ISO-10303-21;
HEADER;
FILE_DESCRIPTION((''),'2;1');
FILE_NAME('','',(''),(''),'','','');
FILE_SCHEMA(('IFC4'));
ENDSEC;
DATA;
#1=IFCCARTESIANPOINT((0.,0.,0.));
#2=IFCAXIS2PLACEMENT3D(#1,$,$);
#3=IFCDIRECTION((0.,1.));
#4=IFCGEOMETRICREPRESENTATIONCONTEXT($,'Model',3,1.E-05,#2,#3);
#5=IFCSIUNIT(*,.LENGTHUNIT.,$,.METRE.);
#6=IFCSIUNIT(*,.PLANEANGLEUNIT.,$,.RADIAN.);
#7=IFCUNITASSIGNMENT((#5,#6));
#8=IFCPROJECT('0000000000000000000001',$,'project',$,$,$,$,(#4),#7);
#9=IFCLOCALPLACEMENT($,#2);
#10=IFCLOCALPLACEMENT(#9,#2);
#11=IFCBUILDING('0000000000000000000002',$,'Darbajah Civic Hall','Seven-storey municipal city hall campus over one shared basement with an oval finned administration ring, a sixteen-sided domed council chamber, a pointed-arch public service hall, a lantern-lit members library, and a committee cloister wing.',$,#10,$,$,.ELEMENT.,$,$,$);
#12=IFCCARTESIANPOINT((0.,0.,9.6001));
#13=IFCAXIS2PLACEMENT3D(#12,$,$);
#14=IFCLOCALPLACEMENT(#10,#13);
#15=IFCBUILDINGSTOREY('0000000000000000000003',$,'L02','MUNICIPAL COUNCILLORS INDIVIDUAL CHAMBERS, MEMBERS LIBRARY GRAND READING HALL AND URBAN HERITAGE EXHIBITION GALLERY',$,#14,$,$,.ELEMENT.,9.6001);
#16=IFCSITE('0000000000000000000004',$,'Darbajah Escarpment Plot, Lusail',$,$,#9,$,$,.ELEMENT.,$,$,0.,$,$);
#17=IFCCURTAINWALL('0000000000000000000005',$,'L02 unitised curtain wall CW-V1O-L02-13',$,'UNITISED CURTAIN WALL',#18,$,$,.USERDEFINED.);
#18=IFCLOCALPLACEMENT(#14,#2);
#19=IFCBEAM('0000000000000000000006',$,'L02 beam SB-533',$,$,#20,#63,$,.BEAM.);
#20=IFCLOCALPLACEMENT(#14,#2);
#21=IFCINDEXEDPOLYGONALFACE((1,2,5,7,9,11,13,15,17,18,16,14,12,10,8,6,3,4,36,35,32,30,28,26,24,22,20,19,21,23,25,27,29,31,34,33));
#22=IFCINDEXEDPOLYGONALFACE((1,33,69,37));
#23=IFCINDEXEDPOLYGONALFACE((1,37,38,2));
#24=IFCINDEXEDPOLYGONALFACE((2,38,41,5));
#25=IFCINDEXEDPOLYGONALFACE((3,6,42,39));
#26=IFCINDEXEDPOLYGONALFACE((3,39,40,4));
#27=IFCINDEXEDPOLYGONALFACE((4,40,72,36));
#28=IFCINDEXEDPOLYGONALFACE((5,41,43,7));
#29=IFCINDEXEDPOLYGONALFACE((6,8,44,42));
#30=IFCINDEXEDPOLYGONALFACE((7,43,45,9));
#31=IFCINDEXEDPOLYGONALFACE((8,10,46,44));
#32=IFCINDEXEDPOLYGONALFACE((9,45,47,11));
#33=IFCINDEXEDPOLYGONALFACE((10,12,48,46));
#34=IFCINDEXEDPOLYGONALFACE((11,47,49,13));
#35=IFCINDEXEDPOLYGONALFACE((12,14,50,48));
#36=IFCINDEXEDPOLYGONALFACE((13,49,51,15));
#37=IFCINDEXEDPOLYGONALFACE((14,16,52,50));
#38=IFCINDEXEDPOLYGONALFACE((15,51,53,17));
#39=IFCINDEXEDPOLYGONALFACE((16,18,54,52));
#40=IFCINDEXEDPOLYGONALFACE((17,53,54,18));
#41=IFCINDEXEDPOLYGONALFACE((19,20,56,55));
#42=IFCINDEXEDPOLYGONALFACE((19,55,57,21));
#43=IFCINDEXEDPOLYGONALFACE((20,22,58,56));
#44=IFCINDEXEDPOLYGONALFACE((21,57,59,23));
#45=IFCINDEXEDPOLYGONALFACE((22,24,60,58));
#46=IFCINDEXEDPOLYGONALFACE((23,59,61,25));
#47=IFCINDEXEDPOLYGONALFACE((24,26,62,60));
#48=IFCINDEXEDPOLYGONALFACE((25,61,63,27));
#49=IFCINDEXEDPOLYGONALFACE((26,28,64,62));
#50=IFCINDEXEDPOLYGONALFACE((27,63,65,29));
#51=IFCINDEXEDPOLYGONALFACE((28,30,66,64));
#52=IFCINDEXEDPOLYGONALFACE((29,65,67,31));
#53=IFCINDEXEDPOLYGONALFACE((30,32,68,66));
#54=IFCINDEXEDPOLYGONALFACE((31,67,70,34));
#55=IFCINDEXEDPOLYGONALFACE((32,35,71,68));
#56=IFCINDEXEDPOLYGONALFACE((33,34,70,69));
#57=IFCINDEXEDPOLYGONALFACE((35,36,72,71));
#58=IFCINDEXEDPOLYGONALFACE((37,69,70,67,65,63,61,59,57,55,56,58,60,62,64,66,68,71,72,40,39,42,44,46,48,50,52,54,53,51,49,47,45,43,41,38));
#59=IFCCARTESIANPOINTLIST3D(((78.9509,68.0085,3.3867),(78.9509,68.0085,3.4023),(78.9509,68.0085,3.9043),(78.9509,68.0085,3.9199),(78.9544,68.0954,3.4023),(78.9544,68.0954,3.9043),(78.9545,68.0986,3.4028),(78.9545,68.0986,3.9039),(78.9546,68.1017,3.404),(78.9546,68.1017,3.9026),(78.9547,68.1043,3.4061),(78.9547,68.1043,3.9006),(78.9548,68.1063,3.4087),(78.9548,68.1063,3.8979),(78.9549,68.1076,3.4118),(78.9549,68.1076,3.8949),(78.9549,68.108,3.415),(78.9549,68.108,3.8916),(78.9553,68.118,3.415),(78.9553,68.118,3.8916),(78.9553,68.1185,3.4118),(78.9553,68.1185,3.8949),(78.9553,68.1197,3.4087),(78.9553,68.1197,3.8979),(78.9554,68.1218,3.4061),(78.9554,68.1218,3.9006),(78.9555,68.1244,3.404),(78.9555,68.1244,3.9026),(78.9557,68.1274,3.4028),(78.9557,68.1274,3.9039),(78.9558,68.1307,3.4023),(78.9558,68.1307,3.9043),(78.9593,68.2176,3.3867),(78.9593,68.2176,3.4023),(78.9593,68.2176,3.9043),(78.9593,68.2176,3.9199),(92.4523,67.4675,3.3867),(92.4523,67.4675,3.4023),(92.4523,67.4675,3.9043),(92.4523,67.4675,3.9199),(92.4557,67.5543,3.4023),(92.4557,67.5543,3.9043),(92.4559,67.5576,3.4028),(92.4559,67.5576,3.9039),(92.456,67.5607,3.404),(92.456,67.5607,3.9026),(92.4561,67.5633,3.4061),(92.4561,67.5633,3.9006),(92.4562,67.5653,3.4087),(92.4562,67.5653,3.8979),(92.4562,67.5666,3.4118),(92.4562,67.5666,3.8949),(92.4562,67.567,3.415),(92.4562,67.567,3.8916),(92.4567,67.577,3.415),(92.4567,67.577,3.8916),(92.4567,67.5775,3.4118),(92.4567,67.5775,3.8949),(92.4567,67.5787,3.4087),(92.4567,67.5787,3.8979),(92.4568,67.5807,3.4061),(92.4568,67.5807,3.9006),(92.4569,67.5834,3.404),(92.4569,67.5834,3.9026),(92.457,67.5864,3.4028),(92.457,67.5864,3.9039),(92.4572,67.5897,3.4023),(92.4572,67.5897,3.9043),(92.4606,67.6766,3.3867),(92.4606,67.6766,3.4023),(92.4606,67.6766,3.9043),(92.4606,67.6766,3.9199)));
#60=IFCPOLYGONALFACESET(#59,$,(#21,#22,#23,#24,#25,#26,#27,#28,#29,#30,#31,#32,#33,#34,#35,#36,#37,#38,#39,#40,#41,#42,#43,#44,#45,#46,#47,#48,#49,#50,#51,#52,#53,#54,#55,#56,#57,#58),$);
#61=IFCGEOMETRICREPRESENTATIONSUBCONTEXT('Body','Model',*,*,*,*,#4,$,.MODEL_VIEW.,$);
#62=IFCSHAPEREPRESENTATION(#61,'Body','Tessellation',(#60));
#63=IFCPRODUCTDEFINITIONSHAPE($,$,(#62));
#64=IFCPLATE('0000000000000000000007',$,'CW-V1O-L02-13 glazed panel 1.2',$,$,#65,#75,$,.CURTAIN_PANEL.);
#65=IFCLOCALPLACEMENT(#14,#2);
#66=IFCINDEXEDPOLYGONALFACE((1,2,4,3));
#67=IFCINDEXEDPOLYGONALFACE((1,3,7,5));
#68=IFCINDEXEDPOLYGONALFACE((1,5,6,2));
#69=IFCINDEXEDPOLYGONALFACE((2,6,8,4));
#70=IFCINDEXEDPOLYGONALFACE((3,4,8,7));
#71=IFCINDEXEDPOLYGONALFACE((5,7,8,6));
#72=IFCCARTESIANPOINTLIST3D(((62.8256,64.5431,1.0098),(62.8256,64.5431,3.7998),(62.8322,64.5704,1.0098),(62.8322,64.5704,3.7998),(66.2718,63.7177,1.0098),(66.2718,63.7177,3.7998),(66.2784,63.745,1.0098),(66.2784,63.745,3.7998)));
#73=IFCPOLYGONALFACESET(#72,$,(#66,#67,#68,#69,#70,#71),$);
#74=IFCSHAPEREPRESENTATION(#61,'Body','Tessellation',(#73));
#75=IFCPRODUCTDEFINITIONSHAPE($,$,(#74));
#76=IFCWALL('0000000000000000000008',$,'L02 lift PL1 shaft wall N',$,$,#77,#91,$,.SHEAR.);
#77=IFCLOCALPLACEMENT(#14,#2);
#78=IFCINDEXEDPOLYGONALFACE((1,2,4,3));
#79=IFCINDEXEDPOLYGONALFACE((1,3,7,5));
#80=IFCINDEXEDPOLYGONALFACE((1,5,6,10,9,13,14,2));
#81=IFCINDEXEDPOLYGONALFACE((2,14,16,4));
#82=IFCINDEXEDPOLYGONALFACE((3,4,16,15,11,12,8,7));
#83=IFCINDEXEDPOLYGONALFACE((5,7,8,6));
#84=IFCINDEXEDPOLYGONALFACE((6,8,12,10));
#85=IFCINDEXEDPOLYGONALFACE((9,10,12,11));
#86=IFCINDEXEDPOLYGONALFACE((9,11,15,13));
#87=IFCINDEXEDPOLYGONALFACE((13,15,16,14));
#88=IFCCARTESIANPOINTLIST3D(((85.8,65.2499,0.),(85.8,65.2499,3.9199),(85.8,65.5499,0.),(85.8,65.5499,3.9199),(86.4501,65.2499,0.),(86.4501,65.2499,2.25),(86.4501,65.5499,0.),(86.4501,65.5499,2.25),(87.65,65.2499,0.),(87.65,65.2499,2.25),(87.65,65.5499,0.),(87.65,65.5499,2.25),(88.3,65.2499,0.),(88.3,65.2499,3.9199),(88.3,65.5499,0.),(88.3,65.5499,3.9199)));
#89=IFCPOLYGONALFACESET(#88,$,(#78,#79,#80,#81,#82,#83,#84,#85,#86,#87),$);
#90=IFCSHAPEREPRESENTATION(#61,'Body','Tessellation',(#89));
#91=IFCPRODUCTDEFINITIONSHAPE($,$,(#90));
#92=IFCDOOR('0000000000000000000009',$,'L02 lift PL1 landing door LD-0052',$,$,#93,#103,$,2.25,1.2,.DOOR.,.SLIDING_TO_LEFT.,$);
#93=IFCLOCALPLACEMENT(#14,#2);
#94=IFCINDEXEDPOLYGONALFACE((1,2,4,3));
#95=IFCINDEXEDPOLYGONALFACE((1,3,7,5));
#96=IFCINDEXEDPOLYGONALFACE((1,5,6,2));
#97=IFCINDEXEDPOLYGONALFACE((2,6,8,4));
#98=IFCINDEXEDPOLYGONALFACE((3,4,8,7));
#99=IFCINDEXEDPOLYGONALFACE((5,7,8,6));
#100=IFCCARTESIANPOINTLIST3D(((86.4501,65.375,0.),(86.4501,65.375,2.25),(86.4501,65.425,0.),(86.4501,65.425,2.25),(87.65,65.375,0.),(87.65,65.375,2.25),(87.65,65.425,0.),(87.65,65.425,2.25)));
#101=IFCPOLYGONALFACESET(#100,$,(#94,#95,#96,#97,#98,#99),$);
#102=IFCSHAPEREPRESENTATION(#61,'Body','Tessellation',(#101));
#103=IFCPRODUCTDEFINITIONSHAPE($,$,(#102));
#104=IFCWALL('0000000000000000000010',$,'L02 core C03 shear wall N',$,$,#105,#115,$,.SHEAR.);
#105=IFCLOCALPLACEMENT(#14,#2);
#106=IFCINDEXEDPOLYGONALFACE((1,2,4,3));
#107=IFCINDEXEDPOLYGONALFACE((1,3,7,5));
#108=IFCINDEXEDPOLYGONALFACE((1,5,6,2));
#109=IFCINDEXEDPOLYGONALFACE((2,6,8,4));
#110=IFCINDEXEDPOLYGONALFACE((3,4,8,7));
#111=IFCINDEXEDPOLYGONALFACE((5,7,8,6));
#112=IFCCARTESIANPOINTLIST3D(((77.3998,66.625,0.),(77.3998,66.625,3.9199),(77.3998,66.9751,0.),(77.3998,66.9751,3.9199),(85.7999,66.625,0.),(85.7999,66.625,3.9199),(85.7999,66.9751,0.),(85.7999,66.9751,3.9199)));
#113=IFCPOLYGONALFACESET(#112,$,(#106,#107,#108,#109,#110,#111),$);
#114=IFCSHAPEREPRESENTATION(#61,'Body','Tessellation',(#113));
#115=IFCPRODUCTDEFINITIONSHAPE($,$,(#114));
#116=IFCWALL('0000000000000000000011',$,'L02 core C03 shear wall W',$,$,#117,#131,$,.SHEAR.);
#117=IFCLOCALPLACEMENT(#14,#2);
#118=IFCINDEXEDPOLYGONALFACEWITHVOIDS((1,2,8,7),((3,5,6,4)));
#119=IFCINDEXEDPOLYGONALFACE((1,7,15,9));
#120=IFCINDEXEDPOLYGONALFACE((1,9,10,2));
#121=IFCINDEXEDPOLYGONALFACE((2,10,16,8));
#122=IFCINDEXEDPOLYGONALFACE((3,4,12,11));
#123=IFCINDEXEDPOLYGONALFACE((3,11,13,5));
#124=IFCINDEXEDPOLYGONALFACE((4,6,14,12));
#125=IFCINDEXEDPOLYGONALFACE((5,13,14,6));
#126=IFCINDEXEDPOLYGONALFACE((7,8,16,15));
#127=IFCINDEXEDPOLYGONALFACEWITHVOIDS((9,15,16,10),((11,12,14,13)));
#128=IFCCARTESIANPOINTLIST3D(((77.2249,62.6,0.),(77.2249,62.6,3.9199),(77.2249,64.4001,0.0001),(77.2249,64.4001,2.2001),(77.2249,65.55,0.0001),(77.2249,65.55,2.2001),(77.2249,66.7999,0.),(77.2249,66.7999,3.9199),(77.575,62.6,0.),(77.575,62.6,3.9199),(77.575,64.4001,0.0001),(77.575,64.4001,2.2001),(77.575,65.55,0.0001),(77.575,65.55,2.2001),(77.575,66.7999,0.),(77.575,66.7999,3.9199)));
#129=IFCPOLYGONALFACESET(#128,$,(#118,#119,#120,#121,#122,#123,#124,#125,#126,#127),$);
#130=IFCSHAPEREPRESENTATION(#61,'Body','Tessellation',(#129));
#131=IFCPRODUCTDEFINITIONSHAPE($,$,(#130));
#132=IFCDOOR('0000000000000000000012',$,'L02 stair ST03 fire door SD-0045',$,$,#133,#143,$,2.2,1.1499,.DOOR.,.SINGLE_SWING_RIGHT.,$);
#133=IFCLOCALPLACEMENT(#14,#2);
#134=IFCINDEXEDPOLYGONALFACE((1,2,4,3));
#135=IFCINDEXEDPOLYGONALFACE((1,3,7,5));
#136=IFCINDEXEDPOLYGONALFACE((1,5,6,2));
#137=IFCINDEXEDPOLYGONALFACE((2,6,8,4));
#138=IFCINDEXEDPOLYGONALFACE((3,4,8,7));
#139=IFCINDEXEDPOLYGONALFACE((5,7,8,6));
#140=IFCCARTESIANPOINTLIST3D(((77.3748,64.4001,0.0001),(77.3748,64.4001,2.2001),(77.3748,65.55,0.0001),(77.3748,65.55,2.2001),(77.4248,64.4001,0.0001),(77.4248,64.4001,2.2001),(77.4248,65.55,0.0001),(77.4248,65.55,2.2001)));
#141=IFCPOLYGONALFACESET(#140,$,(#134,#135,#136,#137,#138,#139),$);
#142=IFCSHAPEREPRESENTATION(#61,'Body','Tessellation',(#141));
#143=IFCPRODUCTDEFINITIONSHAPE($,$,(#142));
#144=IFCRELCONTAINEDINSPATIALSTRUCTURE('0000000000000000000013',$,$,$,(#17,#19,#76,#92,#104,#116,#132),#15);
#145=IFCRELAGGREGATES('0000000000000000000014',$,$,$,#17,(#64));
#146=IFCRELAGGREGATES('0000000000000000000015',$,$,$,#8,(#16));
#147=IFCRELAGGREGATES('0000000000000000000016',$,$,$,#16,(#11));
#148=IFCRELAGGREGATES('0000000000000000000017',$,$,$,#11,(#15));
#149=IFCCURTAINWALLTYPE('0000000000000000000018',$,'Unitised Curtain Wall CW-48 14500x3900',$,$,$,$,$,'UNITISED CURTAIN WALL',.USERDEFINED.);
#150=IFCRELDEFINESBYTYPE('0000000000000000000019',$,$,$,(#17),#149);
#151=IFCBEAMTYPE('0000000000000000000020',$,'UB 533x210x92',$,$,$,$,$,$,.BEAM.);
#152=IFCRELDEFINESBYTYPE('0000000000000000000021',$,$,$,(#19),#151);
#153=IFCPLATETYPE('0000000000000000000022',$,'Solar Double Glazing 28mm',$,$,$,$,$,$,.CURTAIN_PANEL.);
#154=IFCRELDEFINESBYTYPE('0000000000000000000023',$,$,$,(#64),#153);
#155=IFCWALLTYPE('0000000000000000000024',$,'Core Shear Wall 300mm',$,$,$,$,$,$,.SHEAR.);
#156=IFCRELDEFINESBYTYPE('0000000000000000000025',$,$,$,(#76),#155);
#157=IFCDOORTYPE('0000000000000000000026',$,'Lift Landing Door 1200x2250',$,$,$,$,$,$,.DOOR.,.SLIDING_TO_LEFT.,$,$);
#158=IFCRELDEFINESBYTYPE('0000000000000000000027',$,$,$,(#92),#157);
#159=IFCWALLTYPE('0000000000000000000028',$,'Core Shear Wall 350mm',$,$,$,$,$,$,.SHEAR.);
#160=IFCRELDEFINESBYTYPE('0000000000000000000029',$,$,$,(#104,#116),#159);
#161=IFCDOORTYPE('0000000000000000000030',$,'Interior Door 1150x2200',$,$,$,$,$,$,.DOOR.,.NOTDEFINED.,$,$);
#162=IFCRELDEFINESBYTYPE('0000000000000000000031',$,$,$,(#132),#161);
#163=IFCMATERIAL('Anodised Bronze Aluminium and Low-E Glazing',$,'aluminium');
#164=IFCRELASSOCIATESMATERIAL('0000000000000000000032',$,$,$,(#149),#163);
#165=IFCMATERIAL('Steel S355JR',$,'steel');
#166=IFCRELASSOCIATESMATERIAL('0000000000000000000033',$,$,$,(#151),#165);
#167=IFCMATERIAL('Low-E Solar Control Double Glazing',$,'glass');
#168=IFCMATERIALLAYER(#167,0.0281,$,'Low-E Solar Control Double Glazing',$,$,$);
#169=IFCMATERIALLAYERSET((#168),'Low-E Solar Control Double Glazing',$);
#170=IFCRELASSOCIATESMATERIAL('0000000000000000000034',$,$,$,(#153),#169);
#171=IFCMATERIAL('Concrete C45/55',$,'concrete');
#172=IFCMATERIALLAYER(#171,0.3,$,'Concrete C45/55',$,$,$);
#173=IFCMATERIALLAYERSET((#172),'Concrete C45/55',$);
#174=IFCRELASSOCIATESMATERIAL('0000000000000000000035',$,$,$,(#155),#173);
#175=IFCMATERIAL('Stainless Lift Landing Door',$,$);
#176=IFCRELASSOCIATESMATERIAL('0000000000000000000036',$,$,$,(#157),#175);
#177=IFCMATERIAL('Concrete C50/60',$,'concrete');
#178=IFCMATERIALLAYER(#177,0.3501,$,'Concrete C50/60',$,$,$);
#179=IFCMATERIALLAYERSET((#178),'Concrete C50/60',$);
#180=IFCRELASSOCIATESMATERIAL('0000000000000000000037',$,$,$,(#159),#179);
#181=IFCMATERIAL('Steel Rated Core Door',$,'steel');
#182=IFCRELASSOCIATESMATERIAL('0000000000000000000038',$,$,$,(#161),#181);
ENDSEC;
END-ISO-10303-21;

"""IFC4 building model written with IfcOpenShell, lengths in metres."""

from ifc_helpers import new_model, si_unit, direction, frame, frame_2d, origin, origin_2d, place, context, subcontext, project, spatial, rectangle, i_section, extrude, material, layer, layer_set, material_profile, profile_set, type_object, element, fill, aggregate, save


model = new_model("IFC4")

# Units and contexts
model_context = context("Model", 3, precision=1e-05, world=origin(), true_north=direction((0.0, 1.0)))
body_context = subcontext(model_context, "Body", "Model", "MODEL_VIEW")
ifc_project = project(units=[si_unit("LENGTHUNIT", "METRE"), si_unit("PLANEANGLEUNIT", "RADIAN")], contexts=[model_context])

# Site, building, storey
site_placement = place(None, origin())
site = spatial("IfcSite", under=ifc_project, at=site_placement, Name="Darbajah Escarpment Plot, Lusail", CompositionType="ELEMENT", RefElevation=0.0)
building_placement = place(site_placement, origin())
building = spatial("IfcBuilding", under=site, at=building_placement, Name="Darbajah Civic Hall", Description="Seven-storey municipal city hall campus over one shared basement with an oval finned administration ring, a sixteen-sided domed council chamber, a pointed-arch public service hall, a lantern-lit members library, and a committee cloister wing.", CompositionType="ELEMENT")
storey_placement = place(building_placement, frame((0.0, 0.0, 9.6001)))
storey = spatial("IfcBuildingStorey", under=building, at=storey_placement, Name="L02", Description="MUNICIPAL COUNCILLORS INDIVIDUAL CHAMBERS, MEMBERS LIBRARY GRAND READING HALL AND URBAN HERITAGE EXHIBITION GALLERY", CompositionType="ELEMENT", Elevation=9.6001)

# Shared definitions
ifc_material_1 = material(Name="Concrete C45/55", Category="concrete")

# Curtain wall
ifc_material_2 = material(Name="Anodised Bronze Aluminium and Low-E Glazing", Category="aluminium")
curtain_wall_type = type_object("IfcCurtainWallType", Name="Unitised Curtain Wall CW-48 14500x3900", ElementType="UNITISED CURTAIN WALL", PredefinedType="USERDEFINED", material=ifc_material_2)
curtain_wall_placement = place(storey_placement, origin())
curtain_wall = element("IfcCurtainWall", 1, at=curtain_wall_placement, inside=storey, type_object=curtain_wall_type, Name="L02 unitised curtain wall CW-V1O-L02-13", ObjectType="UNITISED CURTAIN WALL", PredefinedType="USERDEFINED")

# Beam
ifc_material_3 = material(Name="Steel S355JR", Category="steel")
ifc_material_profile_1 = material_profile(ifc_material_3, i_section(OverallWidth=0.2092, OverallDepth=0.5332, WebThickness=0.01, FlangeThickness=0.0156, FilletRadius=0.0127, at=origin_2d()), Name="UB 533x210x92")
ifc_profile_set_1 = profile_set([ifc_material_profile_1], Name="Steel S355JR")
beam_type_1 = type_object("IfcBeamType", Name="UB 533x210x92", PredefinedType="BEAM", material=ifc_profile_set_1)
beam_1_placement = place(storey_placement, frame((78.9551, 68.113, 3.6533), z_axis=(0.999198, -0.040039, 0.0), x_axis=(0.040039, 0.999198, 0.0)))
element("IfcBeam", 2, at=beam_1_placement, inside=storey, type_object=beam_type_1, Name="L02 beam SB-533", PredefinedType="BEAM", context=body_context, shape_type="SweptSolid", body=[
    extrude(i_section(OverallWidth=0.2092, OverallDepth=0.5332, WebThickness=0.01, FlangeThickness=0.0156, FilletRadius=0.0127, at=origin_2d()), origin(), (0.0, 0.0, 1.0), 13.5122),
])

# Plate
ifc_material_4 = material(Name="Low-E Solar Control Double Glazing", Category="glass")
ifc_layer_1 = layer(ifc_material_4, 0.0281, Name="Low-E Solar Control Double Glazing")
ifc_layer_set_1 = layer_set([ifc_layer_1], Name="Low-E Solar Control Double Glazing")
plate_type = type_object("IfcPlateType", Name="Solar Double Glazing 28mm", PredefinedType="CURTAIN_PANEL", material=ifc_layer_set_1)
plate_placement = place(storey_placement, frame((64.552, 64.144, 1.0098), z_axis=(0.0, 0.0, 1.0), x_axis=(0.972492, -0.232936, 0.0)))
plate = element("IfcPlate", 3, at=plate_placement, type_object=plate_type, Name="CW-V1O-L02-13 glazed panel 1.2", PredefinedType="CURTAIN_PANEL", context=body_context, shape_type="SweptSolid", body=[
    extrude(rectangle(XDim=3.5437, YDim=0.0281, at=origin_2d()), origin(), (0.0, 0.0, 1.0), 2.79),
])
aggregate(curtain_wall, [plate])

# Wall, opening, door
ifc_layer_2 = layer(ifc_material_1, 0.3, Name="Concrete C45/55")
ifc_layer_set_2 = layer_set([ifc_layer_2], Name="Concrete C45/55")
wall_type_1 = type_object("IfcWallType", Name="Core Shear Wall 300mm", PredefinedType="SHEAR", material=ifc_layer_set_2)
wall_1_placement = place(storey_placement, frame((88.3, 65.3999, 0.0), z_axis=(0.0, 0.0, 1.0), x_axis=(-1.0, 0.0, 0.0)))
wall_1 = element("IfcWall", 4, at=wall_1_placement, inside=storey, type_object=wall_type_1, Name="L02 lift PL1 shaft wall N", PredefinedType="SHEAR", context=body_context, shape_type="SweptSolid", body=[
    extrude(rectangle(XDim=2.5, YDim=0.3, at=frame_2d((1.25, 0.0))), origin(), (0.0, 0.0, 1.0), 3.9199),
])
opening_1_placement = place(wall_1_placement, frame((0.6499, 0.0, 0.0)))
opening_1 = element("IfcOpeningElement", 5, at=opening_1_placement, cuts=wall_1, PredefinedType="OPENING", context=body_context, shape_type="SweptSolid", body=[
    extrude(rectangle(XDim=1.2, YDim=2.25, at=frame_2d((0.6001, 1.125))), frame((0.0, 0.1599, 0.0), z_axis=(0.0, -1.0, 0.0), x_axis=(1.0, 0.0, 0.0)), (0.0, 0.0, 1.0), 0.3201),
])
ifc_material_5 = material(Name="Stainless Lift Landing Door")
door_type_1 = type_object("IfcDoorType", Name="Lift Landing Door 1200x2250", OperationType="SLIDING_TO_LEFT", PredefinedType="DOOR", material=ifc_material_5)
door_1_placement = place(opening_1_placement, origin())
door_1 = element("IfcDoor", 6, at=door_1_placement, inside=storey, type_object=door_type_1, Name="L02 lift PL1 landing door LD-0052", OperationType="SLIDING_TO_LEFT", OverallHeight=2.25, OverallWidth=1.2, PredefinedType="DOOR", context=body_context, shape_type="SweptSolid", body=[
    extrude(rectangle(XDim=1.2, YDim=2.25, at=frame_2d((0.6001, 1.125))), frame((0.0, 0.0249, 0.0), z_axis=(0.0, -1.0, 0.0), x_axis=(1.0, 0.0, 0.0)), (0.0, 0.0, 1.0), 0.05),
])
fill(opening_1, door_1)

# Wall
ifc_material_6 = material(Name="Concrete C50/60", Category="concrete")
ifc_layer_3 = layer(ifc_material_6, 0.3501, Name="Concrete C50/60")
ifc_layer_set_3 = layer_set([ifc_layer_3], Name="Concrete C50/60")
wall_type_2 = type_object("IfcWallType", Name="Core Shear Wall 350mm", PredefinedType="SHEAR", material=ifc_layer_set_3)
wall_2_placement = place(storey_placement, frame((85.8, 66.8, 0.0), z_axis=(0.0, 0.0, 1.0), x_axis=(-1.0, 0.0, 0.0)))
element("IfcWall", 7, at=wall_2_placement, inside=storey, type_object=wall_type_2, Name="L02 core C03 shear wall N", PredefinedType="SHEAR", context=body_context, shape_type="SweptSolid", body=[
    extrude(rectangle(XDim=8.4001, YDim=0.3501, at=frame_2d((4.2002, 0.0))), origin(), (0.0, 0.0, 1.0), 3.9199),
])

# Wall, opening, door
wall_3_placement = place(storey_placement, frame((77.3999, 66.8, 0.0), z_axis=(0.0, 0.0, 1.0), x_axis=(0.0, -1.0, 0.0)))
wall_3 = element("IfcWall", 8, at=wall_3_placement, inside=storey, type_object=wall_type_2, Name="L02 core C03 shear wall W", PredefinedType="SHEAR", context=body_context, shape_type="SweptSolid", body=[
    extrude(rectangle(XDim=4.2, YDim=0.3501, at=frame_2d((2.1001, 0.0))), origin(), (0.0, 0.0, 1.0), 3.9199),
])
opening_2_placement = place(wall_3_placement, frame((1.25, 0.0, 0.0)))
opening_2 = element("IfcOpeningElement", 9, at=opening_2_placement, cuts=wall_3, PredefinedType="OPENING", context=body_context, shape_type="SweptSolid", body=[
    extrude(rectangle(XDim=1.1499, YDim=2.2, at=frame_2d((0.575, 1.1001))), frame((0.0, 0.1851, 0.0), z_axis=(0.0, -1.0, 0.0), x_axis=(1.0, 0.0, 0.0)), (0.0, 0.0, 1.0), 0.3701),
])
ifc_material_7 = material(Name="Steel Rated Core Door", Category="steel")
door_type_2 = type_object("IfcDoorType", Name="Interior Door 1150x2200", OperationType="NOTDEFINED", PredefinedType="DOOR", material=ifc_material_7)
door_2_placement = place(opening_2_placement, origin())
door_2 = element("IfcDoor", 10, at=door_2_placement, inside=storey, type_object=door_type_2, Name="L02 stair ST03 fire door SD-0045", OperationType="SINGLE_SWING_RIGHT", OverallHeight=2.2, OverallWidth=1.1499, PredefinedType="DOOR", context=body_context, shape_type="SweptSolid", body=[
    extrude(rectangle(XDim=1.1499, YDim=2.2, at=frame_2d((0.575, 1.1001))), frame((0.0, 0.0249, 0.0), z_axis=(0.0, -1.0, 0.0), x_axis=(1.0, 0.0, 0.0)), (0.0, 0.0, 1.0), 0.05),
])
fill(opening_2, door_2)

save(model, "model.ifc")
